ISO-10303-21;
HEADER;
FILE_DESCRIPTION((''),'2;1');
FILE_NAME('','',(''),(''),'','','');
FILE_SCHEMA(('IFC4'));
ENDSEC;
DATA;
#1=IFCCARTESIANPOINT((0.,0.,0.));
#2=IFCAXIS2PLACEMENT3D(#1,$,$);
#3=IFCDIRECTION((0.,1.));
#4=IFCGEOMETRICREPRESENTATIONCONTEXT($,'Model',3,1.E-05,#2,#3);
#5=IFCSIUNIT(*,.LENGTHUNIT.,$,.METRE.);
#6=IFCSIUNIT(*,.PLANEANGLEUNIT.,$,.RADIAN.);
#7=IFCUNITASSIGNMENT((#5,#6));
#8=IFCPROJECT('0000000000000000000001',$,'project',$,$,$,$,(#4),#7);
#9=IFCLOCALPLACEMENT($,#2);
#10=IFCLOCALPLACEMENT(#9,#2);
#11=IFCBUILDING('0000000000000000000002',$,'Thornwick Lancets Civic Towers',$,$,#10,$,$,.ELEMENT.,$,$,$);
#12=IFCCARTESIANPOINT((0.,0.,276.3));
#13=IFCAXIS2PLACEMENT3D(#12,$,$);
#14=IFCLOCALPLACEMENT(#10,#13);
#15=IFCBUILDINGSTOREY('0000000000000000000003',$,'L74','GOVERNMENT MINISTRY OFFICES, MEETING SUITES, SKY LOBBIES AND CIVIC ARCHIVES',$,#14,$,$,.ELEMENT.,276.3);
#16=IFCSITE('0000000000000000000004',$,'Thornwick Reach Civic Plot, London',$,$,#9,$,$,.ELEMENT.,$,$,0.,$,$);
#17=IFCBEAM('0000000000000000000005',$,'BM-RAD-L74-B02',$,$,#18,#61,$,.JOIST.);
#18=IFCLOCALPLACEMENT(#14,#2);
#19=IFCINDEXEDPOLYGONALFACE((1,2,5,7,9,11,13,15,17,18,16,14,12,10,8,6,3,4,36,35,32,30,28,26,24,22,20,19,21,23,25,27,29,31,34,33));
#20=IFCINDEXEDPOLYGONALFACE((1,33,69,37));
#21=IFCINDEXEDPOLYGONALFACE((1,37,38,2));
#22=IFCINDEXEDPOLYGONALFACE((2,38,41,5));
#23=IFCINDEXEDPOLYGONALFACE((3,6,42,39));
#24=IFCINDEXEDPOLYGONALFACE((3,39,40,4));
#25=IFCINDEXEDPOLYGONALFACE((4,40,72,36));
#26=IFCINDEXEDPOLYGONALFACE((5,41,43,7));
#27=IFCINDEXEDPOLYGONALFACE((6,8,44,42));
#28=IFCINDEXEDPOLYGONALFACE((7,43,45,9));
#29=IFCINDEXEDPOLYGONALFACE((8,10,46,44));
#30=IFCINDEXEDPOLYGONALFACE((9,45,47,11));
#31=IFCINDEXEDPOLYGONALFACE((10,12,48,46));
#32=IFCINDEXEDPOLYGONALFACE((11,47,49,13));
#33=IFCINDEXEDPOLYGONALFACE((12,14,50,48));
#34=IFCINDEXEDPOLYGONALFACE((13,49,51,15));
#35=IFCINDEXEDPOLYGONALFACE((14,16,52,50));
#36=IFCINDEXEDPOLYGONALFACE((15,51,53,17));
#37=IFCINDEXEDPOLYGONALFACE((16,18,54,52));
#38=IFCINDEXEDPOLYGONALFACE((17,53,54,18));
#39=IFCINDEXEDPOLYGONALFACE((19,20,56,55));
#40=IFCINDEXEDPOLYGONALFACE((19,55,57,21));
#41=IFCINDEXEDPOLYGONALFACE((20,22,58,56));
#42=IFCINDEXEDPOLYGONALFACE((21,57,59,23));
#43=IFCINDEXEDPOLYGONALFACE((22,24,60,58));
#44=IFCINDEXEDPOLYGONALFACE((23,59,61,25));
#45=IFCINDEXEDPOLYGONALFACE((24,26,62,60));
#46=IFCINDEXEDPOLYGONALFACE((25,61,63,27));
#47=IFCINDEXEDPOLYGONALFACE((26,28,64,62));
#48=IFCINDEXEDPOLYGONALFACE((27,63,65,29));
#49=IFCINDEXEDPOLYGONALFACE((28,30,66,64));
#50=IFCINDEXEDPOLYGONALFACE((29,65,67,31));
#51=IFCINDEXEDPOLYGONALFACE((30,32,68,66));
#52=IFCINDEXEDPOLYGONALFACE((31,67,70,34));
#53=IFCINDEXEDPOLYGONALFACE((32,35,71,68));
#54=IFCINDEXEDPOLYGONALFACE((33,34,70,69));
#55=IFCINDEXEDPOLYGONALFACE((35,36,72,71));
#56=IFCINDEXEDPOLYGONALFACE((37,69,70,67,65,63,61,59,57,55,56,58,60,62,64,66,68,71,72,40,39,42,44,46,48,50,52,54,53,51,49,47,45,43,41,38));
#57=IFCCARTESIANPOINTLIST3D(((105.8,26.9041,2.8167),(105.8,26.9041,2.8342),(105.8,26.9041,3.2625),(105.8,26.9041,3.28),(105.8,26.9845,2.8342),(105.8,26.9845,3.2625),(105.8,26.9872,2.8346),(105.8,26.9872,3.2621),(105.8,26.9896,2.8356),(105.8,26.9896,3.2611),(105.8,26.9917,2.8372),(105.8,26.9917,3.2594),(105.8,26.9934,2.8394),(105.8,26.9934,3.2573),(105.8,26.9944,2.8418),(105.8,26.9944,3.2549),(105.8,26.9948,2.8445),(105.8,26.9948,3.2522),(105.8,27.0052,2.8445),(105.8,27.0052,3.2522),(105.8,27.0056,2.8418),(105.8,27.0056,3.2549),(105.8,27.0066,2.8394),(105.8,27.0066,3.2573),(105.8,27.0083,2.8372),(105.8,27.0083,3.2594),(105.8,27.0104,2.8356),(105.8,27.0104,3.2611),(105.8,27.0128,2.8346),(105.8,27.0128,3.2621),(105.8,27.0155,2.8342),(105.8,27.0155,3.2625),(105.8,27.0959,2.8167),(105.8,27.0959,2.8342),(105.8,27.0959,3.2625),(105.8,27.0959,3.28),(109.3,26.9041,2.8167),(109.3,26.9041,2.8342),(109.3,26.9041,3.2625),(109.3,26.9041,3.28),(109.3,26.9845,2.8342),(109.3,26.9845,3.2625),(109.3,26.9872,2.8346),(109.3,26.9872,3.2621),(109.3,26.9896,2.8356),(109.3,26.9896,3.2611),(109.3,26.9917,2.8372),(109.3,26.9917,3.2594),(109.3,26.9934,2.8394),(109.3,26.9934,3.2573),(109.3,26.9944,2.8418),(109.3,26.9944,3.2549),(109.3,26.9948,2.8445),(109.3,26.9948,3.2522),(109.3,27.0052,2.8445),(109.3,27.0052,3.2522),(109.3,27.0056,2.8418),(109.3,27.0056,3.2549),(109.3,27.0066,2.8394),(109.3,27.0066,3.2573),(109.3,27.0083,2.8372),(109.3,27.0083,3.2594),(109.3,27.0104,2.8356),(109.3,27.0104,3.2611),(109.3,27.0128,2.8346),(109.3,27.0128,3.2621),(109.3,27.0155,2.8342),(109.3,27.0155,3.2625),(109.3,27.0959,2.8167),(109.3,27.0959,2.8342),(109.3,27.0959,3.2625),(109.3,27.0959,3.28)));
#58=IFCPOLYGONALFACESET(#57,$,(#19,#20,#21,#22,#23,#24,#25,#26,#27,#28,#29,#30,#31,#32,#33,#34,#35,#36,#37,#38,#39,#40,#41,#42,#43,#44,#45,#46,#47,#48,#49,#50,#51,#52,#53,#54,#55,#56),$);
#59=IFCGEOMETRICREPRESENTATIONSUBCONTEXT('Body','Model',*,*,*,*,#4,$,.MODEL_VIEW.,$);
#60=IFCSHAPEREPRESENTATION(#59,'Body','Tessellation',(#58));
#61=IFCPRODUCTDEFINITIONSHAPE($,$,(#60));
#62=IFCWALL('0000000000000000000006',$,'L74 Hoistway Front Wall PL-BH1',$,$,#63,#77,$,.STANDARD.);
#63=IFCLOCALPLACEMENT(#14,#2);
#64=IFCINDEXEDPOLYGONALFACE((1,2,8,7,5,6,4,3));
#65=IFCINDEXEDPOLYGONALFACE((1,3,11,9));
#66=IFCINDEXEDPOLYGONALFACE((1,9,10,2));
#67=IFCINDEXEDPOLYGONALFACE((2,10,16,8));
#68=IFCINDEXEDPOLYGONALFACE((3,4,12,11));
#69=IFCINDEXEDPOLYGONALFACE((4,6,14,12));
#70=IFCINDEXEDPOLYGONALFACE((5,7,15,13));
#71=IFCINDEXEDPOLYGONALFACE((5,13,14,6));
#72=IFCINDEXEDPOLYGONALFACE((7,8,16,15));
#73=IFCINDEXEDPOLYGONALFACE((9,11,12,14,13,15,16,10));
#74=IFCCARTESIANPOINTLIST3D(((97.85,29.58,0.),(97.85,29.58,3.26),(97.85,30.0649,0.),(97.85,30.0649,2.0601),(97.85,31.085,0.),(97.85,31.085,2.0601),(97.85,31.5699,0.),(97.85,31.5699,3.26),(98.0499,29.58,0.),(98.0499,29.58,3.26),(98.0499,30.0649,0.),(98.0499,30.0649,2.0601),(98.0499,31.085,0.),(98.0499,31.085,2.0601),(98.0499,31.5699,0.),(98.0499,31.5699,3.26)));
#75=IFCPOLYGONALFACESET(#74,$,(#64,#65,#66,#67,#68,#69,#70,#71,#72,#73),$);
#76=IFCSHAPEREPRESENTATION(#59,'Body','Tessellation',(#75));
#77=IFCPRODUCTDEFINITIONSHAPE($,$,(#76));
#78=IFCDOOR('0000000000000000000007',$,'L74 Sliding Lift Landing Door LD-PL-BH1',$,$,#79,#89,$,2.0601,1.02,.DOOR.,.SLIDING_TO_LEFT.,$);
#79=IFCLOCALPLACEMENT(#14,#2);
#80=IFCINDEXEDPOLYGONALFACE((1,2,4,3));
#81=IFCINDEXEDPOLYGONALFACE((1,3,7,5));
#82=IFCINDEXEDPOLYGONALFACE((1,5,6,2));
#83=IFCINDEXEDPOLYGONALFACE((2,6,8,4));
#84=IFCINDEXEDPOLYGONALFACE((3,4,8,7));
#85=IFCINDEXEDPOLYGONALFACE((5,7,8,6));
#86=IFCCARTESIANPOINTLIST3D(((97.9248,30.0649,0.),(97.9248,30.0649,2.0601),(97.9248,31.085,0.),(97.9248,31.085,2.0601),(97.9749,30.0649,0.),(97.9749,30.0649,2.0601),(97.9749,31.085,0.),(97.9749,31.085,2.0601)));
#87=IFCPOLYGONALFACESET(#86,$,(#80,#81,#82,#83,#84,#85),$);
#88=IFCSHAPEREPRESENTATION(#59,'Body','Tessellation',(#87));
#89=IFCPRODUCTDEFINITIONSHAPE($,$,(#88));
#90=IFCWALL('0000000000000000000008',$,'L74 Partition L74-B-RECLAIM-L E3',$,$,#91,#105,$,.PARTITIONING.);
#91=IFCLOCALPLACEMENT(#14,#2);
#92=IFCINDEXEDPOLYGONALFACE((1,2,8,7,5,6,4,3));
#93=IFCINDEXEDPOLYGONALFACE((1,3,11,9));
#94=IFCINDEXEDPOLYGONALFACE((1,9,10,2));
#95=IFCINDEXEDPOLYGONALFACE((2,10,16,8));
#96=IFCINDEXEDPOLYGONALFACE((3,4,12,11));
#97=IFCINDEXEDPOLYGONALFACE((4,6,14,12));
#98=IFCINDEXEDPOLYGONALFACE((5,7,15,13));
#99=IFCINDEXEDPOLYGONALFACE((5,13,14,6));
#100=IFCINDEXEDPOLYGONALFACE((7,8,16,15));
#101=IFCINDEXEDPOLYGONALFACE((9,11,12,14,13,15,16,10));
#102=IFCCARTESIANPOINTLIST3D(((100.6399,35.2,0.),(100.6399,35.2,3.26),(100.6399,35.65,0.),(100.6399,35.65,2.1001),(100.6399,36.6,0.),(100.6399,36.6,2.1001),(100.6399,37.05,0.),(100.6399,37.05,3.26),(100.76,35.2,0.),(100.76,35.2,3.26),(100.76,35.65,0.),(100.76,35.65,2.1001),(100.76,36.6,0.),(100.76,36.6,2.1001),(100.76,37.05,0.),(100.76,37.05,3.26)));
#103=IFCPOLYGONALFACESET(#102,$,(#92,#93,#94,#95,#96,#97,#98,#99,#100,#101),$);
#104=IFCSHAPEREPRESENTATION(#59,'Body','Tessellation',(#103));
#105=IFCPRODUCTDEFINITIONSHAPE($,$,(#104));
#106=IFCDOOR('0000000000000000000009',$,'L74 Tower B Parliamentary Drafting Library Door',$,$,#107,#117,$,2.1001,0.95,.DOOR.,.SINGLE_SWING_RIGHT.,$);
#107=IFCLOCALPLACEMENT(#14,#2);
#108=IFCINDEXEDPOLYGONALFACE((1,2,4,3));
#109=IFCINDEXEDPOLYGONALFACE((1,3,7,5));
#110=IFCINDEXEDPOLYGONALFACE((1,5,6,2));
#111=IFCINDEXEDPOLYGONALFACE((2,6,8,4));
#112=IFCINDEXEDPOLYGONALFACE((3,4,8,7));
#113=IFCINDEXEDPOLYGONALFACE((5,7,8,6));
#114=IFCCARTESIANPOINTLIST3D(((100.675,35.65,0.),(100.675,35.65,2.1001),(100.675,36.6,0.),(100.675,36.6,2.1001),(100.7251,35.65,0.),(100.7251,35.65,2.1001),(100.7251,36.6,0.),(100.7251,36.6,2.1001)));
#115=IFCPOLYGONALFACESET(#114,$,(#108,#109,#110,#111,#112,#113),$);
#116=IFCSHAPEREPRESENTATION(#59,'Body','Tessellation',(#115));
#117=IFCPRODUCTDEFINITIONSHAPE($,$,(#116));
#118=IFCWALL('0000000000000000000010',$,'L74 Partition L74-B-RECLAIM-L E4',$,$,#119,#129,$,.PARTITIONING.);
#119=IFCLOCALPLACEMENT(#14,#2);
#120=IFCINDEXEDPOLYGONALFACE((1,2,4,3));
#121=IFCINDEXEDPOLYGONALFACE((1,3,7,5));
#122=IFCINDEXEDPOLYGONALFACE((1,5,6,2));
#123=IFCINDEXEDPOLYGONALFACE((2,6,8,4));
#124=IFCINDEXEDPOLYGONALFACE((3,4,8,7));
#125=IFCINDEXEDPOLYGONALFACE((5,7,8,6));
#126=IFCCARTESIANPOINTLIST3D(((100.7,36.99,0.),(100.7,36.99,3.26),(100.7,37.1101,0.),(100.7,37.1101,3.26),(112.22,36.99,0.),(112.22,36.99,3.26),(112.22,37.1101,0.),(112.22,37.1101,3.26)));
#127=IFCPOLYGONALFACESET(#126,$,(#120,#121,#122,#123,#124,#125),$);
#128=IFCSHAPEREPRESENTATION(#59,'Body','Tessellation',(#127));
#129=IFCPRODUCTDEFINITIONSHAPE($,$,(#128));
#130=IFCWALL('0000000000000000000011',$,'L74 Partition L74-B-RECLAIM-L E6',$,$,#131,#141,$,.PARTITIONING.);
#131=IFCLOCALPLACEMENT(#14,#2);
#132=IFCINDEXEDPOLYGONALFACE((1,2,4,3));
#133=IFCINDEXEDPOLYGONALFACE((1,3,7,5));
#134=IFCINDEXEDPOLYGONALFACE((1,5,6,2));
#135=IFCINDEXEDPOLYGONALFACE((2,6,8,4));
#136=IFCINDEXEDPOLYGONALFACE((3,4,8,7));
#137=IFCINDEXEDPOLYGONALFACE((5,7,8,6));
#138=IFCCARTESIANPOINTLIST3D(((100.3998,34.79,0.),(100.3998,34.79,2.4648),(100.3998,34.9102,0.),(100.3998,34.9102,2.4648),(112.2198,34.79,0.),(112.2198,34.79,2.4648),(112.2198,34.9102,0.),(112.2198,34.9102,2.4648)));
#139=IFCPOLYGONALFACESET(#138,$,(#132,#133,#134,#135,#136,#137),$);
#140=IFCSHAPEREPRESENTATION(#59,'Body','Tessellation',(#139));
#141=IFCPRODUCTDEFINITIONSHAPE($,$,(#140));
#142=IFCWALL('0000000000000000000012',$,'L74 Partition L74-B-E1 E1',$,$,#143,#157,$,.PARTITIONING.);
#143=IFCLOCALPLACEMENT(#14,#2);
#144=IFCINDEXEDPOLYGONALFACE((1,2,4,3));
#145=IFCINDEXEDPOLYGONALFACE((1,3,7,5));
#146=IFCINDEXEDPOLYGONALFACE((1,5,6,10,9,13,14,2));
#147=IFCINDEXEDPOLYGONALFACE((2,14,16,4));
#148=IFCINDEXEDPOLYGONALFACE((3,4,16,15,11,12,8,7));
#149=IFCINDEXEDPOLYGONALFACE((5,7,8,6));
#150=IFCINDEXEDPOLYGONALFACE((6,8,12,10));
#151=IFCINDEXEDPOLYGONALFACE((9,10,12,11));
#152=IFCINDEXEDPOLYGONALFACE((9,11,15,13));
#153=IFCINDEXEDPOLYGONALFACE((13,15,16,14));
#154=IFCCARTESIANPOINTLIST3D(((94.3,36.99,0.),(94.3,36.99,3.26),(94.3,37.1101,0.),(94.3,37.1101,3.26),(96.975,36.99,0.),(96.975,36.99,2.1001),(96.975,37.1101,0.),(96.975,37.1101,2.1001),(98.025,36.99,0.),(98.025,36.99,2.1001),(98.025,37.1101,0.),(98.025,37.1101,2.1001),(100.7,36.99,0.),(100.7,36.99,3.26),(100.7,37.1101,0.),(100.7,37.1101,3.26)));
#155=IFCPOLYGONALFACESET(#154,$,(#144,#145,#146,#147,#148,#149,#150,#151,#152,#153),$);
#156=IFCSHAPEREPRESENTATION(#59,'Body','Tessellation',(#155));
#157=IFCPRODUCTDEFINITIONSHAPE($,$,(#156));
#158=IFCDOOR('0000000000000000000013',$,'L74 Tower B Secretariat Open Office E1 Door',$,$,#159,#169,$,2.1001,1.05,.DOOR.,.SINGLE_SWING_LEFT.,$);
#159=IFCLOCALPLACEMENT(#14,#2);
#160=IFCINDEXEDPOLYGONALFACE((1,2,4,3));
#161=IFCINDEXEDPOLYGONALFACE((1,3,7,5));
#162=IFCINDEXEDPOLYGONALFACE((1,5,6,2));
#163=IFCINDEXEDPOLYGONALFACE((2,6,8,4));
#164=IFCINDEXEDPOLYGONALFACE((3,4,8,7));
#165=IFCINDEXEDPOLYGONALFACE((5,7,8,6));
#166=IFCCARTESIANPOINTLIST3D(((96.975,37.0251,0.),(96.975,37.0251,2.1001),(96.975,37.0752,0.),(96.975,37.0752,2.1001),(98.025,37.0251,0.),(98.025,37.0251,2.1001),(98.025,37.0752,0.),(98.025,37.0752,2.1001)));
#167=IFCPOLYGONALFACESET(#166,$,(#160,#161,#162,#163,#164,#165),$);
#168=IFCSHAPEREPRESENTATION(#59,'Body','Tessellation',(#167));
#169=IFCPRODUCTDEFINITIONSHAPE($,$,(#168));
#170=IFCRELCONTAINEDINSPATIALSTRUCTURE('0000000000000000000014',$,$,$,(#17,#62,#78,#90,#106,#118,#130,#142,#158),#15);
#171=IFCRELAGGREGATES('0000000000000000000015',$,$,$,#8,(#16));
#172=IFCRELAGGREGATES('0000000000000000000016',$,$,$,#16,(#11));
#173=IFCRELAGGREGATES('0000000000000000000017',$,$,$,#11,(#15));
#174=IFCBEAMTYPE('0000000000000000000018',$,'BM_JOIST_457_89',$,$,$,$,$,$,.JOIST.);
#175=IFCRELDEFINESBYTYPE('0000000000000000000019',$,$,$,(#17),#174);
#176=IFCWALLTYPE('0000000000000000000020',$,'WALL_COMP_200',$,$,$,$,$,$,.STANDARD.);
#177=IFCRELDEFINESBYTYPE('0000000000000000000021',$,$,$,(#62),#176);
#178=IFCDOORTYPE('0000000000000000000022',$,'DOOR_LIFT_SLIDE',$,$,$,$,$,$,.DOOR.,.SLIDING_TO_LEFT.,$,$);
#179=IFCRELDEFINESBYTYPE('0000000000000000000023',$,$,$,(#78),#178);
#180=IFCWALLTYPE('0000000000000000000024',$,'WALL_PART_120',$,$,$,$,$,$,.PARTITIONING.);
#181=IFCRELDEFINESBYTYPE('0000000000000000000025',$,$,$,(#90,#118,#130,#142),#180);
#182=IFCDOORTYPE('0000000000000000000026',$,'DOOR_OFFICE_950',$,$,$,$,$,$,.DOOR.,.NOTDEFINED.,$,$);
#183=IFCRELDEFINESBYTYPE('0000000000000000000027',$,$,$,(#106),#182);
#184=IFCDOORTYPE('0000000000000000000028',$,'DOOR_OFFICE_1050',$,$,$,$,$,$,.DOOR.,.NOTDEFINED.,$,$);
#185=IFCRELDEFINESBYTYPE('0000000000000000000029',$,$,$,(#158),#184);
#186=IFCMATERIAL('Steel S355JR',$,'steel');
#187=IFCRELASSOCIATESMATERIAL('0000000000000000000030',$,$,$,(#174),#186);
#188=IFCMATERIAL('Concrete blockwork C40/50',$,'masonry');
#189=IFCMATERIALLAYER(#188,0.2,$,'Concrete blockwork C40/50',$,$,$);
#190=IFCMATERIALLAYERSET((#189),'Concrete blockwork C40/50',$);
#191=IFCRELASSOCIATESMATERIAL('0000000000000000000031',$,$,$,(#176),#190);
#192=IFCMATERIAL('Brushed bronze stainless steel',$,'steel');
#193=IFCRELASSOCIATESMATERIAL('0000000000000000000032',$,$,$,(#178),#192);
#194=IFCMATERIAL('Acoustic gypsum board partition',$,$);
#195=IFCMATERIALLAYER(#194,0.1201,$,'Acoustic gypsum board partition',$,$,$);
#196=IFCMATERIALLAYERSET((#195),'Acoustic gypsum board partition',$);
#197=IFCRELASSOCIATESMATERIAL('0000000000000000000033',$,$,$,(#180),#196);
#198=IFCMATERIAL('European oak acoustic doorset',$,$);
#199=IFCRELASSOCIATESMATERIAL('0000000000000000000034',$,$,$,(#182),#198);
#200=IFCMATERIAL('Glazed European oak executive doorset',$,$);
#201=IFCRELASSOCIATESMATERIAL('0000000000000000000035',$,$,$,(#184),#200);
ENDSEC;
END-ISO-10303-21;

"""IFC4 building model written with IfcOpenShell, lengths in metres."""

from ifc_helpers import new_model, si_unit, direction, frame, frame_2d, origin, origin_2d, place, context, subcontext, project, spatial, rectangle, i_section, extrude, material, layer, layer_set, material_profile, profile_set, type_object, element, fill, save


model = new_model("IFC4")

# Units and contexts
model_context = context("Model", 3, precision=1e-05, world=origin(), true_north=direction((0.0, 1.0)))
body_context = subcontext(model_context, "Body", "Model", "MODEL_VIEW")
ifc_project = project(units=[si_unit("LENGTHUNIT", "METRE"), si_unit("PLANEANGLEUNIT", "RADIAN")], contexts=[model_context])

# Site, building, storey
site_placement = place(None, origin())
site = spatial("IfcSite", under=ifc_project, at=site_placement, Name="Thornwick Reach Civic Plot, London", CompositionType="ELEMENT", RefElevation=0.0)
building_placement = place(site_placement, origin())
building = spatial("IfcBuilding", under=site, at=building_placement, Name="Thornwick Lancets Civic Towers", CompositionType="ELEMENT")
storey_placement = place(building_placement, frame((0.0, 0.0, 276.3)))
storey = spatial("IfcBuildingStorey", under=building, at=storey_placement, Name="L74", Description="GOVERNMENT MINISTRY OFFICES, MEETING SUITES, SKY LOBBIES AND CIVIC ARCHIVES", CompositionType="ELEMENT", Elevation=276.3)

# Shared definitions
ifc_material_1 = material(Name="Steel S355JR", Category="steel")

# Beam
ifc_material_profile_1 = material_profile(ifc_material_1, i_section(OverallWidth=0.1919, OverallDepth=0.4634, WebThickness=0.0105, FlangeThickness=0.0176, FilletRadius=0.0103, at=origin_2d()), Name="UKB 457x191x89")
ifc_profile_set_1 = profile_set([ifc_material_profile_1], Name="Steel S355JR")
beam_type_1 = type_object("IfcBeamType", Name="BM_JOIST_457_89", PredefinedType="JOIST", material=ifc_profile_set_1)
beam_1_placement = place(storey_placement, frame((105.8, 27.0, 3.0483), z_axis=(1.0, 0.0, 0.0), x_axis=(0.0, 1.0, 0.0)))
element("IfcBeam", 1, at=beam_1_placement, inside=storey, type_object=beam_type_1, Name="BM-RAD-L74-B02", PredefinedType="JOIST", context=body_context, shape_type="SweptSolid", body=[
    extrude(i_section(OverallWidth=0.1919, OverallDepth=0.4634, WebThickness=0.0105, FlangeThickness=0.0176, FilletRadius=0.0103, at=origin_2d()), origin(), (0.0, 0.0, 1.0), 3.5),
])

# Walls, openings, doors
ifc_material_2 = material(Name="Concrete blockwork C40/50", Category="masonry")
ifc_layer_1 = layer(ifc_material_2, 0.2, Name="Concrete blockwork C40/50")
ifc_layer_set_1 = layer_set([ifc_layer_1], Name="Concrete blockwork C40/50")
wall_type_1 = type_object("IfcWallType", Name="WALL_COMP_200", PredefinedType="STANDARD", material=ifc_layer_set_1)
wall_1_placement = place(storey_placement, frame((97.95, 31.5701, 0.0), z_axis=(0.0, 0.0, 1.0), x_axis=(0.0, -1.0, 0.0)))
wall_1 = element("IfcWall", 2, at=wall_1_placement, inside=storey, type_object=wall_type_1, Name="L74 Hoistway Front Wall PL-BH1", PredefinedType="STANDARD", context=body_context, shape_type="SweptSolid", body=[
    extrude(rectangle(XDim=1.99, YDim=0.2, at=frame_2d((0.9951, 0.0))), origin(), (0.0, 0.0, 1.0), 3.26),
])
opening_1_placement = place(wall_1_placement, frame((0.4851, 0.0, 0.0)))
opening_1 = element("IfcOpeningElement", 3, at=opening_1_placement, cuts=wall_1, PredefinedType="OPENING", context=body_context, shape_type="SweptSolid", body=[
    extrude(rectangle(XDim=1.02, YDim=2.0601, at=frame_2d((0.51, 1.03))), frame((0.0, 0.1099, 0.0), z_axis=(0.0, -1.0, 0.0), x_axis=(1.0, 0.0, 0.0)), (0.0, 0.0, 1.0), 0.22),
])
ifc_material_3 = material(Name="Brushed bronze stainless steel", Category="steel")
door_type_1 = type_object("IfcDoorType", Name="DOOR_LIFT_SLIDE", OperationType="SLIDING_TO_LEFT", PredefinedType="DOOR", material=ifc_material_3)
door_1_placement = place(opening_1_placement, origin())
door_1 = element("IfcDoor", 4, at=door_1_placement, inside=storey, type_object=door_type_1, Name="L74 Sliding Lift Landing Door LD-PL-BH1", OperationType="SLIDING_TO_LEFT", OverallHeight=2.0601, OverallWidth=1.02, PredefinedType="DOOR", context=body_context, shape_type="SweptSolid", body=[
    extrude(rectangle(XDim=1.02, YDim=2.0601, at=frame_2d((0.51, 1.03))), frame((0.0, 0.0249, 0.0), z_axis=(0.0, -1.0, 0.0), x_axis=(1.0, 0.0, 0.0)), (0.0, 0.0, 1.0), 0.05),
])
fill(opening_1, door_1)
ifc_material_4 = material(Name="Acoustic gypsum board partition")
ifc_layer_2 = layer(ifc_material_4, 0.1201, Name="Acoustic gypsum board partition")
ifc_layer_set_2 = layer_set([ifc_layer_2], Name="Acoustic gypsum board partition")
wall_type_2 = type_object("IfcWallType", Name="WALL_PART_120", PredefinedType="PARTITIONING", material=ifc_layer_set_2)
wall_2_placement = place(storey_placement, frame((100.7, 35.2, 0.0), z_axis=(0.0, 0.0, 1.0), x_axis=(0.0, 1.0, 0.0)))
wall_2 = element("IfcWall", 5, at=wall_2_placement, inside=storey, type_object=wall_type_2, Name="L74 Partition L74-B-RECLAIM-L E3", PredefinedType="PARTITIONING", context=body_context, shape_type="SweptSolid", body=[
    extrude(rectangle(XDim=1.8501, YDim=0.1201, at=frame_2d((0.925, 0.0))), origin(), (0.0, 0.0, 1.0), 3.26),
])
opening_2_placement = place(wall_2_placement, frame((0.45, 0.0, 0.0)))
opening_2 = element("IfcOpeningElement", 6, at=opening_2_placement, cuts=wall_2, PredefinedType="OPENING", context=body_context, shape_type="SweptSolid", body=[
    extrude(rectangle(XDim=0.95, YDim=2.1001, at=frame_2d((0.4751, 1.05))), frame((0.0, 0.0701, 0.0), z_axis=(0.0, -1.0, 0.0), x_axis=(1.0, 0.0, 0.0)), (0.0, 0.0, 1.0), 0.1401),
])
ifc_material_5 = material(Name="European oak acoustic doorset")
door_type_2 = type_object("IfcDoorType", Name="DOOR_OFFICE_950", OperationType="NOTDEFINED", PredefinedType="DOOR", material=ifc_material_5)
door_2_placement = place(opening_2_placement, origin())
door_2 = element("IfcDoor", 7, at=door_2_placement, inside=storey, type_object=door_type_2, Name="L74 Tower B Parliamentary Drafting Library Door", OperationType="SINGLE_SWING_RIGHT", OverallHeight=2.1001, OverallWidth=0.95, PredefinedType="DOOR", context=body_context, shape_type="SweptSolid", body=[
    extrude(rectangle(XDim=0.95, YDim=2.1001, at=frame_2d((0.4751, 1.05))), frame((0.0, 0.0249, 0.0), z_axis=(0.0, -1.0, 0.0), x_axis=(1.0, 0.0, 0.0)), (0.0, 0.0, 1.0), 0.05),
])
fill(opening_2, door_2)

# Walls
wall_3_placement = place(storey_placement, frame((100.7, 37.05, 0.0), z_axis=(0.0, 0.0, 1.0), x_axis=(1.0, 0.0, 0.0)))
element("IfcWall", 8, at=wall_3_placement, inside=storey, type_object=wall_type_2, Name="L74 Partition L74-B-RECLAIM-L E4", PredefinedType="PARTITIONING", context=body_context, shape_type="SweptSolid", body=[
    extrude(rectangle(XDim=11.52, YDim=0.1201, at=frame_2d((5.76, 0.0))), origin(), (0.0, 0.0, 1.0), 3.26),
])
wall_4_placement = place(storey_placement, frame((112.22, 34.8501, 0.0), z_axis=(0.0, 0.0, 1.0), x_axis=(-1.0, 0.0, 0.0)))
element("IfcWall", 9, at=wall_4_placement, inside=storey, type_object=wall_type_2, Name="L74 Partition L74-B-RECLAIM-L E6", PredefinedType="PARTITIONING", context=body_context, shape_type="SweptSolid", body=[
    extrude(rectangle(XDim=11.8201, YDim=0.1201, at=frame_2d((5.9102, 0.0))), origin(), (0.0, 0.0, 1.0), 2.4648),
])

# Wall, opening, door
wall_5_placement = place(storey_placement, frame((100.7, 37.05, 0.0), z_axis=(0.0, 0.0, 1.0), x_axis=(-1.0, 0.0, 0.0)))
wall_5 = element("IfcWall", 10, at=wall_5_placement, inside=storey, type_object=wall_type_2, Name="L74 Partition L74-B-E1 E1", PredefinedType="PARTITIONING", context=body_context, shape_type="SweptSolid", body=[
    extrude(rectangle(XDim=6.3999, YDim=0.1201, at=frame_2d((3.2, 0.0))), origin(), (0.0, 0.0, 1.0), 3.26),
])
opening_3_placement = place(wall_5_placement, frame((2.675, 0.0, 0.0)))
opening_3 = element("IfcOpeningElement", 11, at=opening_3_placement, cuts=wall_5, PredefinedType="OPENING", context=body_context, shape_type="SweptSolid", body=[
    extrude(rectangle(XDim=1.05, YDim=2.1001, at=frame_2d((0.5249, 1.05))), frame((0.0, 0.0701, 0.0), z_axis=(0.0, -1.0, 0.0), x_axis=(1.0, 0.0, 0.0)), (0.0, 0.0, 1.0), 0.1401),
])
ifc_material_6 = material(Name="Glazed European oak executive doorset")
door_type_3 = type_object("IfcDoorType", Name="DOOR_OFFICE_1050", OperationType="NOTDEFINED", PredefinedType="DOOR", material=ifc_material_6)
door_3_placement = place(opening_3_placement, origin())
door_3 = element("IfcDoor", 12, at=door_3_placement, inside=storey, type_object=door_type_3, Name="L74 Tower B Secretariat Open Office E1 Door", OperationType="SINGLE_SWING_LEFT", OverallHeight=2.1001, OverallWidth=1.05, PredefinedType="DOOR", context=body_context, shape_type="SweptSolid", body=[
    extrude(rectangle(XDim=1.05, YDim=2.1001, at=frame_2d((0.5249, 1.05))), frame((0.0, 0.0249, 0.0), z_axis=(0.0, -1.0, 0.0), x_axis=(1.0, 0.0, 0.0)), (0.0, 0.0, 1.0), 0.05),
])
fill(opening_3, door_3)

save(model, "model.ifc")
